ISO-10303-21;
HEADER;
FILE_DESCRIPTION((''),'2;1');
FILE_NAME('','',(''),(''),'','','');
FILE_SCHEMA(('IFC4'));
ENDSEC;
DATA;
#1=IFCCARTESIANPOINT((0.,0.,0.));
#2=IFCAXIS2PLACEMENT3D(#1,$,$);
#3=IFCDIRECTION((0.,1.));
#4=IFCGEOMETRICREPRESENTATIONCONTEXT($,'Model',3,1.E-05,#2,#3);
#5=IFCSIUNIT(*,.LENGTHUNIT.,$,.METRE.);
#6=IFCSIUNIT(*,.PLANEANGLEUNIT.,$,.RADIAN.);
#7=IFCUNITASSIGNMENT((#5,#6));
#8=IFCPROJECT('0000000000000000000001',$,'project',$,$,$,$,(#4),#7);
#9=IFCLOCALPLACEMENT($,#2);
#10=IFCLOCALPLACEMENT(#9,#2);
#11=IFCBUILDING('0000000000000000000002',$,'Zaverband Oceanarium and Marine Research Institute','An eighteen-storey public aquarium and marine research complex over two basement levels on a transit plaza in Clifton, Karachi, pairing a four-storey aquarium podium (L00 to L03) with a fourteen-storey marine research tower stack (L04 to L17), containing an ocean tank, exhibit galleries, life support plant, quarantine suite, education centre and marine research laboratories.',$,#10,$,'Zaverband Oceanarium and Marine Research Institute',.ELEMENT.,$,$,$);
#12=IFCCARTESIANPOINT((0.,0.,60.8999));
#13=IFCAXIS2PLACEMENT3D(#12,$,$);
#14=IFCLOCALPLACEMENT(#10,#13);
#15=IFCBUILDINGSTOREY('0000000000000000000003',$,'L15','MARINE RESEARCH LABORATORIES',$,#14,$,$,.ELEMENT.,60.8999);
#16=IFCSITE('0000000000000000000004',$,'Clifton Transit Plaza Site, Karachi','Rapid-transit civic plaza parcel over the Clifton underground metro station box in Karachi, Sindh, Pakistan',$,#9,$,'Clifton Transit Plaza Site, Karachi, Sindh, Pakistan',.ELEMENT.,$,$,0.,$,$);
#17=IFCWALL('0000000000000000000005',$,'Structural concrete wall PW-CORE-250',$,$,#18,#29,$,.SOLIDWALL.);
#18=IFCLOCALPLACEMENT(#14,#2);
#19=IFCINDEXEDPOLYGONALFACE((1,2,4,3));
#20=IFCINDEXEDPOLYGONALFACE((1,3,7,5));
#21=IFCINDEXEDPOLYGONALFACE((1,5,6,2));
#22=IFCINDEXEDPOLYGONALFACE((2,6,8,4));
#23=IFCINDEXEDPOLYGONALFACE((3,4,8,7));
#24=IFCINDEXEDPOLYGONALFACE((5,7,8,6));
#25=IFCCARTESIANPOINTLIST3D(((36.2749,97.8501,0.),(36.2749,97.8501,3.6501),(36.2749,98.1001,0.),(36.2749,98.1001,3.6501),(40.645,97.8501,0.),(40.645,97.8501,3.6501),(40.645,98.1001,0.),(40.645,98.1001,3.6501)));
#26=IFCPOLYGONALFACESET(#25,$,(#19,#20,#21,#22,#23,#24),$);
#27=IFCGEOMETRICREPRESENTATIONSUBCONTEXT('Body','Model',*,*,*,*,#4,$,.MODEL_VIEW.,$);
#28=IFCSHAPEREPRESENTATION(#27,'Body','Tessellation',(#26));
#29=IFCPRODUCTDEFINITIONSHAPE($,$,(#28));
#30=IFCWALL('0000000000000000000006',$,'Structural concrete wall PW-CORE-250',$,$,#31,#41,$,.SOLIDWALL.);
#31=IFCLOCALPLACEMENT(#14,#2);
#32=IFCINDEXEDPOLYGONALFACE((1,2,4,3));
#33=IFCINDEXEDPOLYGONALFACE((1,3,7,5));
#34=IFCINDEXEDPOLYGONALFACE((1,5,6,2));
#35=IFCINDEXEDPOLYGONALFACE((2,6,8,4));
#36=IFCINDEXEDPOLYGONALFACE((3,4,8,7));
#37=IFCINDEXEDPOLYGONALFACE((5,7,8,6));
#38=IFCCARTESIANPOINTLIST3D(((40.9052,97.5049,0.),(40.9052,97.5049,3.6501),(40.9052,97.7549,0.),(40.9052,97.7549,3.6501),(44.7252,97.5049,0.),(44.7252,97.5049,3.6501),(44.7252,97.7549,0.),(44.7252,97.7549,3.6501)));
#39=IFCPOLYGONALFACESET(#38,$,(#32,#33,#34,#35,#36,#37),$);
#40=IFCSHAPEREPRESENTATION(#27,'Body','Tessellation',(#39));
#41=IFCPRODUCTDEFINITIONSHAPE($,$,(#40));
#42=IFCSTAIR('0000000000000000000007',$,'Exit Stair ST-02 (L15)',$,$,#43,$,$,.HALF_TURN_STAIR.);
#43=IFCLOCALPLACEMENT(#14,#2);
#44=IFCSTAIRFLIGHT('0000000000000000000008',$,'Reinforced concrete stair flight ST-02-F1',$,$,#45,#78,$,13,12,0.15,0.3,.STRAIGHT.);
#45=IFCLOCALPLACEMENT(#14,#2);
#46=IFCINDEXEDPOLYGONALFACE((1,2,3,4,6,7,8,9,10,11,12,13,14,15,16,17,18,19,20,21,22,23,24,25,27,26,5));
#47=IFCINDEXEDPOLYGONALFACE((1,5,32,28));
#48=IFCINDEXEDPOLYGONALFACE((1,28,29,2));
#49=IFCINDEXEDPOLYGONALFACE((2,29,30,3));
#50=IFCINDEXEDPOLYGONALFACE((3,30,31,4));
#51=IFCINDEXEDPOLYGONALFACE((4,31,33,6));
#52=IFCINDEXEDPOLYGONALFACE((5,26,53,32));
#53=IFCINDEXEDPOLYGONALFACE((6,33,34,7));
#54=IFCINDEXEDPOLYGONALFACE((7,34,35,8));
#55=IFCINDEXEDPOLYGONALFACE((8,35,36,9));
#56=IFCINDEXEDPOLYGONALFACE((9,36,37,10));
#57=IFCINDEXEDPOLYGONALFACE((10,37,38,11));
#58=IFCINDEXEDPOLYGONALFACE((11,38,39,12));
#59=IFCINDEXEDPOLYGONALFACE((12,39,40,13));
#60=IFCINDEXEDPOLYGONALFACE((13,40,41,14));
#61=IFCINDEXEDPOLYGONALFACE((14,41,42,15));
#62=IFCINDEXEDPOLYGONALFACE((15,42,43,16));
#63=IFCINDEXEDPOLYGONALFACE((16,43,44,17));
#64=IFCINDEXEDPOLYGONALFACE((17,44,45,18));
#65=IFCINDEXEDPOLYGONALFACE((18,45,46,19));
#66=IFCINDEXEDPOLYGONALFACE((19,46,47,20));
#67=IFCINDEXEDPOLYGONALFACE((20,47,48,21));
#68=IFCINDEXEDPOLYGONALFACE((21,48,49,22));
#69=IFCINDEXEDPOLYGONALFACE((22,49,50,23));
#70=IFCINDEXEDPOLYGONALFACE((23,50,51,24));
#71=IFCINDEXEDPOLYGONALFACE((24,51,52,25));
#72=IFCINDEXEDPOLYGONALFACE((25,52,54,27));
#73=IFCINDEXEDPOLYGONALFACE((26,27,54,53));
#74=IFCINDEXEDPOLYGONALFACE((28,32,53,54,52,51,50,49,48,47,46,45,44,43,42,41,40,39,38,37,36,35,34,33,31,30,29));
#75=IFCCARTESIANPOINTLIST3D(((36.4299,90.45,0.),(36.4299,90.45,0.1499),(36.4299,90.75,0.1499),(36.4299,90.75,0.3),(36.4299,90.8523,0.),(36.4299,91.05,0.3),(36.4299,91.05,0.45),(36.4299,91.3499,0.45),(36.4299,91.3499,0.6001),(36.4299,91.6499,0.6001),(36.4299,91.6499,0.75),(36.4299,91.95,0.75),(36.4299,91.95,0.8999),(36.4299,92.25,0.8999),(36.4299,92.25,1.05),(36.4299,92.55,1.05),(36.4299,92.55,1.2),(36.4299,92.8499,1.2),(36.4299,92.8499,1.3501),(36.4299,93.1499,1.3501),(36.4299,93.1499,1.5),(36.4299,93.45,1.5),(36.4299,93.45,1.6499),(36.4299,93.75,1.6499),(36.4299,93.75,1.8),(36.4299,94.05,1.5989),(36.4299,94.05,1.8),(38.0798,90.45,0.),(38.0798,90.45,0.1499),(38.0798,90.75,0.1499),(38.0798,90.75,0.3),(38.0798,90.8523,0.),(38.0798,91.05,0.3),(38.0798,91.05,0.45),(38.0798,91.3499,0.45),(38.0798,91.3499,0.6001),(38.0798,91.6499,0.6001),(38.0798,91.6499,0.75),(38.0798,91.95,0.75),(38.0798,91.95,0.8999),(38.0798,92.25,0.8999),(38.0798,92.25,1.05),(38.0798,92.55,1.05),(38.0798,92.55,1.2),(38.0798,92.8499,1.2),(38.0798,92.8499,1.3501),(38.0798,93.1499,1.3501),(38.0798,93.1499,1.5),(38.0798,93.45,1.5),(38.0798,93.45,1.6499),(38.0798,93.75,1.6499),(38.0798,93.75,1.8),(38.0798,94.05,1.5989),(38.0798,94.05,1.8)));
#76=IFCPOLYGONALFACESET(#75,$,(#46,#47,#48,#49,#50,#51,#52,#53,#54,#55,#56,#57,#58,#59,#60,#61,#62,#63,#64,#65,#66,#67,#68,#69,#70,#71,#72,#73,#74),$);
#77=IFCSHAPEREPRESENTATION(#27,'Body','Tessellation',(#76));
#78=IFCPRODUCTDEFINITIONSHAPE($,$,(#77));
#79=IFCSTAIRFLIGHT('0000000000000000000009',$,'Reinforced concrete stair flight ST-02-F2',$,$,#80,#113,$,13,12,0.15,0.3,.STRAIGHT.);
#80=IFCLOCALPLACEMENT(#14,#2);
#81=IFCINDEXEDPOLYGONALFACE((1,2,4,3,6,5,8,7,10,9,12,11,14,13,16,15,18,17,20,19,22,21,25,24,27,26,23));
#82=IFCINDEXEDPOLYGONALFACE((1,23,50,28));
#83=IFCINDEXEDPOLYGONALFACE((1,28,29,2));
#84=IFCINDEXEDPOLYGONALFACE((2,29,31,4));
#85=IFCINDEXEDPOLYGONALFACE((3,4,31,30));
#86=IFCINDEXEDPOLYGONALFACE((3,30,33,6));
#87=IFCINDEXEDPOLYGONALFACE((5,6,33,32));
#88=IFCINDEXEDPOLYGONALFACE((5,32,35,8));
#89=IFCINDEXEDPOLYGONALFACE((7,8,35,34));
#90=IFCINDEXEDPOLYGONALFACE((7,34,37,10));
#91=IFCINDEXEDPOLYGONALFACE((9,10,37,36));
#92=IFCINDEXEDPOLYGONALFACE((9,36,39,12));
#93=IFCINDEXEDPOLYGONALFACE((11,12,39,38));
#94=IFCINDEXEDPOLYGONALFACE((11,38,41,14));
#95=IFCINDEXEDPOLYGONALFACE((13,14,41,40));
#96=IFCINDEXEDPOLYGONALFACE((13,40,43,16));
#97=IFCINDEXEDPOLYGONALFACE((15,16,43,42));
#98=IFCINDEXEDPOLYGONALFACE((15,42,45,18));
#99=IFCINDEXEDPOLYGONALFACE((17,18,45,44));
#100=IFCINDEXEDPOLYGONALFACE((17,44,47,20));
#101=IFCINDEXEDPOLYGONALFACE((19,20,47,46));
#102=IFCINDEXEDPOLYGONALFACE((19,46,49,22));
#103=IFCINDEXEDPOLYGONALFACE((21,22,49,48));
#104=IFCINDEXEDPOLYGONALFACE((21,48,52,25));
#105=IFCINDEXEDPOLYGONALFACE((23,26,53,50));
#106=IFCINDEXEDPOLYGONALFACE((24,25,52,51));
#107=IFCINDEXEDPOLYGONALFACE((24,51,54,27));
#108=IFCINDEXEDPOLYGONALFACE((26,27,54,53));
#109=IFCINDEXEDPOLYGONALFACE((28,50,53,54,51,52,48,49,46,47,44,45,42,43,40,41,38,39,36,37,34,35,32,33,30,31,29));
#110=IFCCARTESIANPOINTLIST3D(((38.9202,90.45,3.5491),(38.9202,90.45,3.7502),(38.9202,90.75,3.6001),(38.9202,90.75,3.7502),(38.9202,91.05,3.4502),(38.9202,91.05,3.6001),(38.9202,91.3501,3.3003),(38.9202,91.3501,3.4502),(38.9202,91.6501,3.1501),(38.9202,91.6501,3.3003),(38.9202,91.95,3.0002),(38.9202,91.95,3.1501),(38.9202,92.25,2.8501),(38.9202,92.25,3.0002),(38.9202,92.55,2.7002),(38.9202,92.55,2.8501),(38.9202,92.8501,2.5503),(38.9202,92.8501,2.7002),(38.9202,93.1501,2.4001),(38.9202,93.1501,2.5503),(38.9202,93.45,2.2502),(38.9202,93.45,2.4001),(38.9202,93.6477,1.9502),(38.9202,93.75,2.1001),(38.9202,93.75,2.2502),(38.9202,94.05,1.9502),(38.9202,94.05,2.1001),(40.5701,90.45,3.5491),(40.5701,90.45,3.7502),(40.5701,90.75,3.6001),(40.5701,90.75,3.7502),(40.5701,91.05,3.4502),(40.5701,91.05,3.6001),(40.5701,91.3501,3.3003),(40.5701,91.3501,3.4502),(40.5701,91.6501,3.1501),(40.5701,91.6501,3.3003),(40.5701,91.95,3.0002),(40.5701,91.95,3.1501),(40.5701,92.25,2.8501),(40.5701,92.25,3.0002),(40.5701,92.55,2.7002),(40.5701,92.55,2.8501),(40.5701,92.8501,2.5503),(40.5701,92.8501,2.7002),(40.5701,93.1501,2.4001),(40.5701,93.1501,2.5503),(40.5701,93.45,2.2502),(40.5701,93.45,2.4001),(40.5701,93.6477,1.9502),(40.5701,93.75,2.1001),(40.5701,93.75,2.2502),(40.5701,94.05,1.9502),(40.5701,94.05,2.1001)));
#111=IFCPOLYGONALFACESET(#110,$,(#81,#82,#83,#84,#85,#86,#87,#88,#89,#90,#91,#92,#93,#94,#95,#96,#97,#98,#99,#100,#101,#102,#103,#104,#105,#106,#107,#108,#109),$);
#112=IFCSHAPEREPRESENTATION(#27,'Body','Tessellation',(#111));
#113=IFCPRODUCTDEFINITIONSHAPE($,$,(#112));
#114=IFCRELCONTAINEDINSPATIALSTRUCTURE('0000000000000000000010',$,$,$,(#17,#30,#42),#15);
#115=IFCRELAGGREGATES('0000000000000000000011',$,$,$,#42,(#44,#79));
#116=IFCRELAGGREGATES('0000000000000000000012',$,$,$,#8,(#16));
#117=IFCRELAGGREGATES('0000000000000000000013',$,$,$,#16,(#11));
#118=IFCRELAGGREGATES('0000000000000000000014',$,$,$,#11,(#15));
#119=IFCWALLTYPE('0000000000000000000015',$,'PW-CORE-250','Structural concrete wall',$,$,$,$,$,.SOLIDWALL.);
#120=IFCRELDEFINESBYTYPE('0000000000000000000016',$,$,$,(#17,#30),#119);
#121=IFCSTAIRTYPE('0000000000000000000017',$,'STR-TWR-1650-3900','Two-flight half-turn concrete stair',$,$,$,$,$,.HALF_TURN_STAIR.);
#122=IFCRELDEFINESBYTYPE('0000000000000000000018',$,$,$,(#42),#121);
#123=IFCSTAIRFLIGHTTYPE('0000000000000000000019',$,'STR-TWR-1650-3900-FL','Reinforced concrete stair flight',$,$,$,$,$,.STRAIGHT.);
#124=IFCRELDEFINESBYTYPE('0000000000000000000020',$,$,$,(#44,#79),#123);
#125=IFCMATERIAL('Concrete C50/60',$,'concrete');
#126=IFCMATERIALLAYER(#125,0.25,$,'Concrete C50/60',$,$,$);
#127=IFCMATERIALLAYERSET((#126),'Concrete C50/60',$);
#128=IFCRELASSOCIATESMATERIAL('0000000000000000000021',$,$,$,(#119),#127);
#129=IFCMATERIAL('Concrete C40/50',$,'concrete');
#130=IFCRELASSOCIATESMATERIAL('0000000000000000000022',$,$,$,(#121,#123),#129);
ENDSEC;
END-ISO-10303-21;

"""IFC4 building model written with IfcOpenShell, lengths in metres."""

from ifc_helpers import new_model, si_unit, direction, frame, frame_2d, origin, place, context, subcontext, project, spatial, polyline, rectangle, outline, extrude, material, layer, layer_set, type_object, element, aggregate, save


model = new_model("IFC4")

# Units and contexts
model_context = context("Model", 3, precision=1e-05, world=origin(), true_north=direction((0.0, 1.0)))
body_context = subcontext(model_context, "Body", "Model", "MODEL_VIEW")
ifc_project = project(units=[si_unit("LENGTHUNIT", "METRE"), si_unit("PLANEANGLEUNIT", "RADIAN")], contexts=[model_context])

# Site, building, storey
site_placement = place(None, origin())
site = spatial("IfcSite", under=ifc_project, at=site_placement, Name="Clifton Transit Plaza Site, Karachi", Description="Rapid-transit civic plaza parcel over the Clifton underground metro station box in Karachi, Sindh, Pakistan", LongName="Clifton Transit Plaza Site, Karachi, Sindh, Pakistan", CompositionType="ELEMENT", RefElevation=0.0)
building_placement = place(site_placement, origin())
building = spatial("IfcBuilding", under=site, at=building_placement, Name="Zaverband Oceanarium and Marine Research Institute", Description="An eighteen-storey public aquarium and marine research complex over two basement levels on a transit plaza in Clifton, Karachi, pairing a four-storey aquarium podium (L00 to L03) with a fourteen-storey marine research tower stack (L04 to L17), containing an ocean tank, exhibit galleries, life support plant, quarantine suite, education centre and marine research laboratories.", LongName="Zaverband Oceanarium and Marine Research Institute", CompositionType="ELEMENT")
storey_placement = place(building_placement, frame((0.0, 0.0, 60.8999)))
storey = spatial("IfcBuildingStorey", under=building, at=storey_placement, Name="L15", Description="MARINE RESEARCH LABORATORIES", CompositionType="ELEMENT", Elevation=60.8999)

# Shared definitions
ifc_material_1 = material(Name="Concrete C50/60", Category="concrete")

# Shared definitions
ifc_material_2 = material(Name="Concrete C40/50", Category="concrete")

# Wall
ifc_layer_1 = layer(ifc_material_1, 0.25, Name="Concrete C50/60")
ifc_layer_set_1 = layer_set([ifc_layer_1], Name="Concrete C50/60")
wall_type_1 = type_object("IfcWallType", Name="PW-CORE-250", Description="Structural concrete wall", PredefinedType="SOLIDWALL", material=ifc_layer_set_1)
wall_1_placement = place(storey_placement, frame((36.2749, 97.9751, 0.0), z_axis=(0.0, 0.0, 1.0), x_axis=(1.0, 0.0, 0.0)))
element("IfcWall", 1, at=wall_1_placement, inside=storey, type_object=wall_type_1, Name="Structural concrete wall PW-CORE-250", PredefinedType="SOLIDWALL", context=body_context, shape_type="SweptSolid", body=[
    extrude(rectangle(XDim=4.3701, YDim=0.25, at=frame_2d((2.1851, 0.0))), origin(), (0.0, 0.0, 1.0), 3.6501),
])

# Wall
wall_2_placement = place(storey_placement, frame((40.905, 97.6299, 0.0), z_axis=(0.0, 0.0, 1.0), x_axis=(1.0, 0.0, 0.0)))
element("IfcWall", 2, at=wall_2_placement, inside=storey, type_object=wall_type_1, Name="Structural concrete wall PW-CORE-250", PredefinedType="SOLIDWALL", context=body_context, shape_type="SweptSolid", body=[
    extrude(rectangle(XDim=3.8201, YDim=0.25, at=frame_2d((1.9102, 0.0))), origin(), (0.0, 0.0, 1.0), 3.6501),
])

# Stair, stair flights
stair_type = type_object("IfcStairType", Name="STR-TWR-1650-3900", Description="Two-flight half-turn concrete stair", PredefinedType="HALF_TURN_STAIR", material=ifc_material_2)
stair_placement = place(storey_placement, origin())
stair = element("IfcStair", 3, at=stair_placement, inside=storey, type_object=stair_type, Name="Exit Stair ST-02 (L15)", PredefinedType="HALF_TURN_STAIR")
stair_flight_type = type_object("IfcStairFlightType", Name="STR-TWR-1650-3900-FL", Description="Reinforced concrete stair flight", PredefinedType="STRAIGHT", material=ifc_material_2)
stair_flight_1_placement = place(storey_placement, frame((37.2549, 90.45, 0.0), z_axis=(0.0, 0.0, 1.0), x_axis=(0.0, 1.0, 0.0)))
stair_flight_1 = element("IfcStairFlight", 4, at=stair_flight_1_placement, type_object=stair_flight_type, Name="Reinforced concrete stair flight ST-02-F1", NumberOfRisers=13, NumberOfTreads=12, PredefinedType="STRAIGHT", RiserHeight=0.15, TreadLength=0.3, context=body_context, shape_type="SweptSolid", body=[
    extrude(outline(polyline([(0.0, 0.0), (0.0, 0.1499), (0.3, 0.1499), (0.3, 0.3), (0.6001, 0.3), (0.6001, 0.45), (0.8999, 0.45), (0.8999, 0.6001), (1.2, 0.6001), (1.2, 0.75), (1.5, 0.75), (1.5, 0.8999), (1.8, 0.8999), (1.8, 1.05), (2.1001, 1.05), (2.1001, 1.2), (2.3999, 1.2), (2.3999, 1.3501), (2.7, 1.3501), (2.7, 1.5), (3.0, 1.5), (3.0, 1.6499), (3.3, 1.6499), (3.3, 1.8), (3.6001, 1.8), (3.6001, 1.95), (3.6001, 1.5989), (0.4023, 0.0), (0.0, 0.0)])), frame((0.0, 0.825, 0.0), z_axis=(0.0, -1.0, 0.0), x_axis=(1.0, 0.0, 0.0)), (0.0, 0.0, 1.0), 1.6499),
])
stair_flight_2_placement = place(storey_placement, frame((39.7451, 94.05, 1.9502), z_axis=(0.0, 0.0, 1.0), x_axis=(0.0, -1.0, 0.0)))
stair_flight_2 = element("IfcStairFlight", 5, at=stair_flight_2_placement, type_object=stair_flight_type, Name="Reinforced concrete stair flight ST-02-F2", NumberOfRisers=13, NumberOfTreads=12, PredefinedType="STRAIGHT", RiserHeight=0.15, TreadLength=0.3, context=body_context, shape_type="SweptSolid", body=[
    extrude(outline(polyline([(0.0, 0.0), (0.0, 0.1499), (0.3, 0.1499), (0.3, 0.3), (0.6001, 0.3), (0.6001, 0.45), (0.8999, 0.45), (0.8999, 0.6001), (1.2, 0.6001), (1.2, 0.75), (1.5, 0.75), (1.5, 0.8999), (1.8, 0.8999), (1.8, 1.05), (2.1001, 1.05), (2.1001, 1.2), (2.3999, 1.2), (2.3999, 1.3501), (2.7, 1.3501), (2.7, 1.5), (3.0, 1.5), (3.0, 1.6499), (3.3, 1.6499), (3.3, 1.8), (3.6001, 1.8), (3.6001, 1.95), (3.6001, 1.5989), (0.4023, 0.0), (0.0, 0.0)])), frame((0.0, 0.825, 0.0), z_axis=(0.0, -1.0, 0.0), x_axis=(1.0, 0.0, 0.0)), (0.0, 0.0, 1.0), 1.6499),
])
aggregate(stair, [stair_flight_1, stair_flight_2])

save(model, "model.ifc")
